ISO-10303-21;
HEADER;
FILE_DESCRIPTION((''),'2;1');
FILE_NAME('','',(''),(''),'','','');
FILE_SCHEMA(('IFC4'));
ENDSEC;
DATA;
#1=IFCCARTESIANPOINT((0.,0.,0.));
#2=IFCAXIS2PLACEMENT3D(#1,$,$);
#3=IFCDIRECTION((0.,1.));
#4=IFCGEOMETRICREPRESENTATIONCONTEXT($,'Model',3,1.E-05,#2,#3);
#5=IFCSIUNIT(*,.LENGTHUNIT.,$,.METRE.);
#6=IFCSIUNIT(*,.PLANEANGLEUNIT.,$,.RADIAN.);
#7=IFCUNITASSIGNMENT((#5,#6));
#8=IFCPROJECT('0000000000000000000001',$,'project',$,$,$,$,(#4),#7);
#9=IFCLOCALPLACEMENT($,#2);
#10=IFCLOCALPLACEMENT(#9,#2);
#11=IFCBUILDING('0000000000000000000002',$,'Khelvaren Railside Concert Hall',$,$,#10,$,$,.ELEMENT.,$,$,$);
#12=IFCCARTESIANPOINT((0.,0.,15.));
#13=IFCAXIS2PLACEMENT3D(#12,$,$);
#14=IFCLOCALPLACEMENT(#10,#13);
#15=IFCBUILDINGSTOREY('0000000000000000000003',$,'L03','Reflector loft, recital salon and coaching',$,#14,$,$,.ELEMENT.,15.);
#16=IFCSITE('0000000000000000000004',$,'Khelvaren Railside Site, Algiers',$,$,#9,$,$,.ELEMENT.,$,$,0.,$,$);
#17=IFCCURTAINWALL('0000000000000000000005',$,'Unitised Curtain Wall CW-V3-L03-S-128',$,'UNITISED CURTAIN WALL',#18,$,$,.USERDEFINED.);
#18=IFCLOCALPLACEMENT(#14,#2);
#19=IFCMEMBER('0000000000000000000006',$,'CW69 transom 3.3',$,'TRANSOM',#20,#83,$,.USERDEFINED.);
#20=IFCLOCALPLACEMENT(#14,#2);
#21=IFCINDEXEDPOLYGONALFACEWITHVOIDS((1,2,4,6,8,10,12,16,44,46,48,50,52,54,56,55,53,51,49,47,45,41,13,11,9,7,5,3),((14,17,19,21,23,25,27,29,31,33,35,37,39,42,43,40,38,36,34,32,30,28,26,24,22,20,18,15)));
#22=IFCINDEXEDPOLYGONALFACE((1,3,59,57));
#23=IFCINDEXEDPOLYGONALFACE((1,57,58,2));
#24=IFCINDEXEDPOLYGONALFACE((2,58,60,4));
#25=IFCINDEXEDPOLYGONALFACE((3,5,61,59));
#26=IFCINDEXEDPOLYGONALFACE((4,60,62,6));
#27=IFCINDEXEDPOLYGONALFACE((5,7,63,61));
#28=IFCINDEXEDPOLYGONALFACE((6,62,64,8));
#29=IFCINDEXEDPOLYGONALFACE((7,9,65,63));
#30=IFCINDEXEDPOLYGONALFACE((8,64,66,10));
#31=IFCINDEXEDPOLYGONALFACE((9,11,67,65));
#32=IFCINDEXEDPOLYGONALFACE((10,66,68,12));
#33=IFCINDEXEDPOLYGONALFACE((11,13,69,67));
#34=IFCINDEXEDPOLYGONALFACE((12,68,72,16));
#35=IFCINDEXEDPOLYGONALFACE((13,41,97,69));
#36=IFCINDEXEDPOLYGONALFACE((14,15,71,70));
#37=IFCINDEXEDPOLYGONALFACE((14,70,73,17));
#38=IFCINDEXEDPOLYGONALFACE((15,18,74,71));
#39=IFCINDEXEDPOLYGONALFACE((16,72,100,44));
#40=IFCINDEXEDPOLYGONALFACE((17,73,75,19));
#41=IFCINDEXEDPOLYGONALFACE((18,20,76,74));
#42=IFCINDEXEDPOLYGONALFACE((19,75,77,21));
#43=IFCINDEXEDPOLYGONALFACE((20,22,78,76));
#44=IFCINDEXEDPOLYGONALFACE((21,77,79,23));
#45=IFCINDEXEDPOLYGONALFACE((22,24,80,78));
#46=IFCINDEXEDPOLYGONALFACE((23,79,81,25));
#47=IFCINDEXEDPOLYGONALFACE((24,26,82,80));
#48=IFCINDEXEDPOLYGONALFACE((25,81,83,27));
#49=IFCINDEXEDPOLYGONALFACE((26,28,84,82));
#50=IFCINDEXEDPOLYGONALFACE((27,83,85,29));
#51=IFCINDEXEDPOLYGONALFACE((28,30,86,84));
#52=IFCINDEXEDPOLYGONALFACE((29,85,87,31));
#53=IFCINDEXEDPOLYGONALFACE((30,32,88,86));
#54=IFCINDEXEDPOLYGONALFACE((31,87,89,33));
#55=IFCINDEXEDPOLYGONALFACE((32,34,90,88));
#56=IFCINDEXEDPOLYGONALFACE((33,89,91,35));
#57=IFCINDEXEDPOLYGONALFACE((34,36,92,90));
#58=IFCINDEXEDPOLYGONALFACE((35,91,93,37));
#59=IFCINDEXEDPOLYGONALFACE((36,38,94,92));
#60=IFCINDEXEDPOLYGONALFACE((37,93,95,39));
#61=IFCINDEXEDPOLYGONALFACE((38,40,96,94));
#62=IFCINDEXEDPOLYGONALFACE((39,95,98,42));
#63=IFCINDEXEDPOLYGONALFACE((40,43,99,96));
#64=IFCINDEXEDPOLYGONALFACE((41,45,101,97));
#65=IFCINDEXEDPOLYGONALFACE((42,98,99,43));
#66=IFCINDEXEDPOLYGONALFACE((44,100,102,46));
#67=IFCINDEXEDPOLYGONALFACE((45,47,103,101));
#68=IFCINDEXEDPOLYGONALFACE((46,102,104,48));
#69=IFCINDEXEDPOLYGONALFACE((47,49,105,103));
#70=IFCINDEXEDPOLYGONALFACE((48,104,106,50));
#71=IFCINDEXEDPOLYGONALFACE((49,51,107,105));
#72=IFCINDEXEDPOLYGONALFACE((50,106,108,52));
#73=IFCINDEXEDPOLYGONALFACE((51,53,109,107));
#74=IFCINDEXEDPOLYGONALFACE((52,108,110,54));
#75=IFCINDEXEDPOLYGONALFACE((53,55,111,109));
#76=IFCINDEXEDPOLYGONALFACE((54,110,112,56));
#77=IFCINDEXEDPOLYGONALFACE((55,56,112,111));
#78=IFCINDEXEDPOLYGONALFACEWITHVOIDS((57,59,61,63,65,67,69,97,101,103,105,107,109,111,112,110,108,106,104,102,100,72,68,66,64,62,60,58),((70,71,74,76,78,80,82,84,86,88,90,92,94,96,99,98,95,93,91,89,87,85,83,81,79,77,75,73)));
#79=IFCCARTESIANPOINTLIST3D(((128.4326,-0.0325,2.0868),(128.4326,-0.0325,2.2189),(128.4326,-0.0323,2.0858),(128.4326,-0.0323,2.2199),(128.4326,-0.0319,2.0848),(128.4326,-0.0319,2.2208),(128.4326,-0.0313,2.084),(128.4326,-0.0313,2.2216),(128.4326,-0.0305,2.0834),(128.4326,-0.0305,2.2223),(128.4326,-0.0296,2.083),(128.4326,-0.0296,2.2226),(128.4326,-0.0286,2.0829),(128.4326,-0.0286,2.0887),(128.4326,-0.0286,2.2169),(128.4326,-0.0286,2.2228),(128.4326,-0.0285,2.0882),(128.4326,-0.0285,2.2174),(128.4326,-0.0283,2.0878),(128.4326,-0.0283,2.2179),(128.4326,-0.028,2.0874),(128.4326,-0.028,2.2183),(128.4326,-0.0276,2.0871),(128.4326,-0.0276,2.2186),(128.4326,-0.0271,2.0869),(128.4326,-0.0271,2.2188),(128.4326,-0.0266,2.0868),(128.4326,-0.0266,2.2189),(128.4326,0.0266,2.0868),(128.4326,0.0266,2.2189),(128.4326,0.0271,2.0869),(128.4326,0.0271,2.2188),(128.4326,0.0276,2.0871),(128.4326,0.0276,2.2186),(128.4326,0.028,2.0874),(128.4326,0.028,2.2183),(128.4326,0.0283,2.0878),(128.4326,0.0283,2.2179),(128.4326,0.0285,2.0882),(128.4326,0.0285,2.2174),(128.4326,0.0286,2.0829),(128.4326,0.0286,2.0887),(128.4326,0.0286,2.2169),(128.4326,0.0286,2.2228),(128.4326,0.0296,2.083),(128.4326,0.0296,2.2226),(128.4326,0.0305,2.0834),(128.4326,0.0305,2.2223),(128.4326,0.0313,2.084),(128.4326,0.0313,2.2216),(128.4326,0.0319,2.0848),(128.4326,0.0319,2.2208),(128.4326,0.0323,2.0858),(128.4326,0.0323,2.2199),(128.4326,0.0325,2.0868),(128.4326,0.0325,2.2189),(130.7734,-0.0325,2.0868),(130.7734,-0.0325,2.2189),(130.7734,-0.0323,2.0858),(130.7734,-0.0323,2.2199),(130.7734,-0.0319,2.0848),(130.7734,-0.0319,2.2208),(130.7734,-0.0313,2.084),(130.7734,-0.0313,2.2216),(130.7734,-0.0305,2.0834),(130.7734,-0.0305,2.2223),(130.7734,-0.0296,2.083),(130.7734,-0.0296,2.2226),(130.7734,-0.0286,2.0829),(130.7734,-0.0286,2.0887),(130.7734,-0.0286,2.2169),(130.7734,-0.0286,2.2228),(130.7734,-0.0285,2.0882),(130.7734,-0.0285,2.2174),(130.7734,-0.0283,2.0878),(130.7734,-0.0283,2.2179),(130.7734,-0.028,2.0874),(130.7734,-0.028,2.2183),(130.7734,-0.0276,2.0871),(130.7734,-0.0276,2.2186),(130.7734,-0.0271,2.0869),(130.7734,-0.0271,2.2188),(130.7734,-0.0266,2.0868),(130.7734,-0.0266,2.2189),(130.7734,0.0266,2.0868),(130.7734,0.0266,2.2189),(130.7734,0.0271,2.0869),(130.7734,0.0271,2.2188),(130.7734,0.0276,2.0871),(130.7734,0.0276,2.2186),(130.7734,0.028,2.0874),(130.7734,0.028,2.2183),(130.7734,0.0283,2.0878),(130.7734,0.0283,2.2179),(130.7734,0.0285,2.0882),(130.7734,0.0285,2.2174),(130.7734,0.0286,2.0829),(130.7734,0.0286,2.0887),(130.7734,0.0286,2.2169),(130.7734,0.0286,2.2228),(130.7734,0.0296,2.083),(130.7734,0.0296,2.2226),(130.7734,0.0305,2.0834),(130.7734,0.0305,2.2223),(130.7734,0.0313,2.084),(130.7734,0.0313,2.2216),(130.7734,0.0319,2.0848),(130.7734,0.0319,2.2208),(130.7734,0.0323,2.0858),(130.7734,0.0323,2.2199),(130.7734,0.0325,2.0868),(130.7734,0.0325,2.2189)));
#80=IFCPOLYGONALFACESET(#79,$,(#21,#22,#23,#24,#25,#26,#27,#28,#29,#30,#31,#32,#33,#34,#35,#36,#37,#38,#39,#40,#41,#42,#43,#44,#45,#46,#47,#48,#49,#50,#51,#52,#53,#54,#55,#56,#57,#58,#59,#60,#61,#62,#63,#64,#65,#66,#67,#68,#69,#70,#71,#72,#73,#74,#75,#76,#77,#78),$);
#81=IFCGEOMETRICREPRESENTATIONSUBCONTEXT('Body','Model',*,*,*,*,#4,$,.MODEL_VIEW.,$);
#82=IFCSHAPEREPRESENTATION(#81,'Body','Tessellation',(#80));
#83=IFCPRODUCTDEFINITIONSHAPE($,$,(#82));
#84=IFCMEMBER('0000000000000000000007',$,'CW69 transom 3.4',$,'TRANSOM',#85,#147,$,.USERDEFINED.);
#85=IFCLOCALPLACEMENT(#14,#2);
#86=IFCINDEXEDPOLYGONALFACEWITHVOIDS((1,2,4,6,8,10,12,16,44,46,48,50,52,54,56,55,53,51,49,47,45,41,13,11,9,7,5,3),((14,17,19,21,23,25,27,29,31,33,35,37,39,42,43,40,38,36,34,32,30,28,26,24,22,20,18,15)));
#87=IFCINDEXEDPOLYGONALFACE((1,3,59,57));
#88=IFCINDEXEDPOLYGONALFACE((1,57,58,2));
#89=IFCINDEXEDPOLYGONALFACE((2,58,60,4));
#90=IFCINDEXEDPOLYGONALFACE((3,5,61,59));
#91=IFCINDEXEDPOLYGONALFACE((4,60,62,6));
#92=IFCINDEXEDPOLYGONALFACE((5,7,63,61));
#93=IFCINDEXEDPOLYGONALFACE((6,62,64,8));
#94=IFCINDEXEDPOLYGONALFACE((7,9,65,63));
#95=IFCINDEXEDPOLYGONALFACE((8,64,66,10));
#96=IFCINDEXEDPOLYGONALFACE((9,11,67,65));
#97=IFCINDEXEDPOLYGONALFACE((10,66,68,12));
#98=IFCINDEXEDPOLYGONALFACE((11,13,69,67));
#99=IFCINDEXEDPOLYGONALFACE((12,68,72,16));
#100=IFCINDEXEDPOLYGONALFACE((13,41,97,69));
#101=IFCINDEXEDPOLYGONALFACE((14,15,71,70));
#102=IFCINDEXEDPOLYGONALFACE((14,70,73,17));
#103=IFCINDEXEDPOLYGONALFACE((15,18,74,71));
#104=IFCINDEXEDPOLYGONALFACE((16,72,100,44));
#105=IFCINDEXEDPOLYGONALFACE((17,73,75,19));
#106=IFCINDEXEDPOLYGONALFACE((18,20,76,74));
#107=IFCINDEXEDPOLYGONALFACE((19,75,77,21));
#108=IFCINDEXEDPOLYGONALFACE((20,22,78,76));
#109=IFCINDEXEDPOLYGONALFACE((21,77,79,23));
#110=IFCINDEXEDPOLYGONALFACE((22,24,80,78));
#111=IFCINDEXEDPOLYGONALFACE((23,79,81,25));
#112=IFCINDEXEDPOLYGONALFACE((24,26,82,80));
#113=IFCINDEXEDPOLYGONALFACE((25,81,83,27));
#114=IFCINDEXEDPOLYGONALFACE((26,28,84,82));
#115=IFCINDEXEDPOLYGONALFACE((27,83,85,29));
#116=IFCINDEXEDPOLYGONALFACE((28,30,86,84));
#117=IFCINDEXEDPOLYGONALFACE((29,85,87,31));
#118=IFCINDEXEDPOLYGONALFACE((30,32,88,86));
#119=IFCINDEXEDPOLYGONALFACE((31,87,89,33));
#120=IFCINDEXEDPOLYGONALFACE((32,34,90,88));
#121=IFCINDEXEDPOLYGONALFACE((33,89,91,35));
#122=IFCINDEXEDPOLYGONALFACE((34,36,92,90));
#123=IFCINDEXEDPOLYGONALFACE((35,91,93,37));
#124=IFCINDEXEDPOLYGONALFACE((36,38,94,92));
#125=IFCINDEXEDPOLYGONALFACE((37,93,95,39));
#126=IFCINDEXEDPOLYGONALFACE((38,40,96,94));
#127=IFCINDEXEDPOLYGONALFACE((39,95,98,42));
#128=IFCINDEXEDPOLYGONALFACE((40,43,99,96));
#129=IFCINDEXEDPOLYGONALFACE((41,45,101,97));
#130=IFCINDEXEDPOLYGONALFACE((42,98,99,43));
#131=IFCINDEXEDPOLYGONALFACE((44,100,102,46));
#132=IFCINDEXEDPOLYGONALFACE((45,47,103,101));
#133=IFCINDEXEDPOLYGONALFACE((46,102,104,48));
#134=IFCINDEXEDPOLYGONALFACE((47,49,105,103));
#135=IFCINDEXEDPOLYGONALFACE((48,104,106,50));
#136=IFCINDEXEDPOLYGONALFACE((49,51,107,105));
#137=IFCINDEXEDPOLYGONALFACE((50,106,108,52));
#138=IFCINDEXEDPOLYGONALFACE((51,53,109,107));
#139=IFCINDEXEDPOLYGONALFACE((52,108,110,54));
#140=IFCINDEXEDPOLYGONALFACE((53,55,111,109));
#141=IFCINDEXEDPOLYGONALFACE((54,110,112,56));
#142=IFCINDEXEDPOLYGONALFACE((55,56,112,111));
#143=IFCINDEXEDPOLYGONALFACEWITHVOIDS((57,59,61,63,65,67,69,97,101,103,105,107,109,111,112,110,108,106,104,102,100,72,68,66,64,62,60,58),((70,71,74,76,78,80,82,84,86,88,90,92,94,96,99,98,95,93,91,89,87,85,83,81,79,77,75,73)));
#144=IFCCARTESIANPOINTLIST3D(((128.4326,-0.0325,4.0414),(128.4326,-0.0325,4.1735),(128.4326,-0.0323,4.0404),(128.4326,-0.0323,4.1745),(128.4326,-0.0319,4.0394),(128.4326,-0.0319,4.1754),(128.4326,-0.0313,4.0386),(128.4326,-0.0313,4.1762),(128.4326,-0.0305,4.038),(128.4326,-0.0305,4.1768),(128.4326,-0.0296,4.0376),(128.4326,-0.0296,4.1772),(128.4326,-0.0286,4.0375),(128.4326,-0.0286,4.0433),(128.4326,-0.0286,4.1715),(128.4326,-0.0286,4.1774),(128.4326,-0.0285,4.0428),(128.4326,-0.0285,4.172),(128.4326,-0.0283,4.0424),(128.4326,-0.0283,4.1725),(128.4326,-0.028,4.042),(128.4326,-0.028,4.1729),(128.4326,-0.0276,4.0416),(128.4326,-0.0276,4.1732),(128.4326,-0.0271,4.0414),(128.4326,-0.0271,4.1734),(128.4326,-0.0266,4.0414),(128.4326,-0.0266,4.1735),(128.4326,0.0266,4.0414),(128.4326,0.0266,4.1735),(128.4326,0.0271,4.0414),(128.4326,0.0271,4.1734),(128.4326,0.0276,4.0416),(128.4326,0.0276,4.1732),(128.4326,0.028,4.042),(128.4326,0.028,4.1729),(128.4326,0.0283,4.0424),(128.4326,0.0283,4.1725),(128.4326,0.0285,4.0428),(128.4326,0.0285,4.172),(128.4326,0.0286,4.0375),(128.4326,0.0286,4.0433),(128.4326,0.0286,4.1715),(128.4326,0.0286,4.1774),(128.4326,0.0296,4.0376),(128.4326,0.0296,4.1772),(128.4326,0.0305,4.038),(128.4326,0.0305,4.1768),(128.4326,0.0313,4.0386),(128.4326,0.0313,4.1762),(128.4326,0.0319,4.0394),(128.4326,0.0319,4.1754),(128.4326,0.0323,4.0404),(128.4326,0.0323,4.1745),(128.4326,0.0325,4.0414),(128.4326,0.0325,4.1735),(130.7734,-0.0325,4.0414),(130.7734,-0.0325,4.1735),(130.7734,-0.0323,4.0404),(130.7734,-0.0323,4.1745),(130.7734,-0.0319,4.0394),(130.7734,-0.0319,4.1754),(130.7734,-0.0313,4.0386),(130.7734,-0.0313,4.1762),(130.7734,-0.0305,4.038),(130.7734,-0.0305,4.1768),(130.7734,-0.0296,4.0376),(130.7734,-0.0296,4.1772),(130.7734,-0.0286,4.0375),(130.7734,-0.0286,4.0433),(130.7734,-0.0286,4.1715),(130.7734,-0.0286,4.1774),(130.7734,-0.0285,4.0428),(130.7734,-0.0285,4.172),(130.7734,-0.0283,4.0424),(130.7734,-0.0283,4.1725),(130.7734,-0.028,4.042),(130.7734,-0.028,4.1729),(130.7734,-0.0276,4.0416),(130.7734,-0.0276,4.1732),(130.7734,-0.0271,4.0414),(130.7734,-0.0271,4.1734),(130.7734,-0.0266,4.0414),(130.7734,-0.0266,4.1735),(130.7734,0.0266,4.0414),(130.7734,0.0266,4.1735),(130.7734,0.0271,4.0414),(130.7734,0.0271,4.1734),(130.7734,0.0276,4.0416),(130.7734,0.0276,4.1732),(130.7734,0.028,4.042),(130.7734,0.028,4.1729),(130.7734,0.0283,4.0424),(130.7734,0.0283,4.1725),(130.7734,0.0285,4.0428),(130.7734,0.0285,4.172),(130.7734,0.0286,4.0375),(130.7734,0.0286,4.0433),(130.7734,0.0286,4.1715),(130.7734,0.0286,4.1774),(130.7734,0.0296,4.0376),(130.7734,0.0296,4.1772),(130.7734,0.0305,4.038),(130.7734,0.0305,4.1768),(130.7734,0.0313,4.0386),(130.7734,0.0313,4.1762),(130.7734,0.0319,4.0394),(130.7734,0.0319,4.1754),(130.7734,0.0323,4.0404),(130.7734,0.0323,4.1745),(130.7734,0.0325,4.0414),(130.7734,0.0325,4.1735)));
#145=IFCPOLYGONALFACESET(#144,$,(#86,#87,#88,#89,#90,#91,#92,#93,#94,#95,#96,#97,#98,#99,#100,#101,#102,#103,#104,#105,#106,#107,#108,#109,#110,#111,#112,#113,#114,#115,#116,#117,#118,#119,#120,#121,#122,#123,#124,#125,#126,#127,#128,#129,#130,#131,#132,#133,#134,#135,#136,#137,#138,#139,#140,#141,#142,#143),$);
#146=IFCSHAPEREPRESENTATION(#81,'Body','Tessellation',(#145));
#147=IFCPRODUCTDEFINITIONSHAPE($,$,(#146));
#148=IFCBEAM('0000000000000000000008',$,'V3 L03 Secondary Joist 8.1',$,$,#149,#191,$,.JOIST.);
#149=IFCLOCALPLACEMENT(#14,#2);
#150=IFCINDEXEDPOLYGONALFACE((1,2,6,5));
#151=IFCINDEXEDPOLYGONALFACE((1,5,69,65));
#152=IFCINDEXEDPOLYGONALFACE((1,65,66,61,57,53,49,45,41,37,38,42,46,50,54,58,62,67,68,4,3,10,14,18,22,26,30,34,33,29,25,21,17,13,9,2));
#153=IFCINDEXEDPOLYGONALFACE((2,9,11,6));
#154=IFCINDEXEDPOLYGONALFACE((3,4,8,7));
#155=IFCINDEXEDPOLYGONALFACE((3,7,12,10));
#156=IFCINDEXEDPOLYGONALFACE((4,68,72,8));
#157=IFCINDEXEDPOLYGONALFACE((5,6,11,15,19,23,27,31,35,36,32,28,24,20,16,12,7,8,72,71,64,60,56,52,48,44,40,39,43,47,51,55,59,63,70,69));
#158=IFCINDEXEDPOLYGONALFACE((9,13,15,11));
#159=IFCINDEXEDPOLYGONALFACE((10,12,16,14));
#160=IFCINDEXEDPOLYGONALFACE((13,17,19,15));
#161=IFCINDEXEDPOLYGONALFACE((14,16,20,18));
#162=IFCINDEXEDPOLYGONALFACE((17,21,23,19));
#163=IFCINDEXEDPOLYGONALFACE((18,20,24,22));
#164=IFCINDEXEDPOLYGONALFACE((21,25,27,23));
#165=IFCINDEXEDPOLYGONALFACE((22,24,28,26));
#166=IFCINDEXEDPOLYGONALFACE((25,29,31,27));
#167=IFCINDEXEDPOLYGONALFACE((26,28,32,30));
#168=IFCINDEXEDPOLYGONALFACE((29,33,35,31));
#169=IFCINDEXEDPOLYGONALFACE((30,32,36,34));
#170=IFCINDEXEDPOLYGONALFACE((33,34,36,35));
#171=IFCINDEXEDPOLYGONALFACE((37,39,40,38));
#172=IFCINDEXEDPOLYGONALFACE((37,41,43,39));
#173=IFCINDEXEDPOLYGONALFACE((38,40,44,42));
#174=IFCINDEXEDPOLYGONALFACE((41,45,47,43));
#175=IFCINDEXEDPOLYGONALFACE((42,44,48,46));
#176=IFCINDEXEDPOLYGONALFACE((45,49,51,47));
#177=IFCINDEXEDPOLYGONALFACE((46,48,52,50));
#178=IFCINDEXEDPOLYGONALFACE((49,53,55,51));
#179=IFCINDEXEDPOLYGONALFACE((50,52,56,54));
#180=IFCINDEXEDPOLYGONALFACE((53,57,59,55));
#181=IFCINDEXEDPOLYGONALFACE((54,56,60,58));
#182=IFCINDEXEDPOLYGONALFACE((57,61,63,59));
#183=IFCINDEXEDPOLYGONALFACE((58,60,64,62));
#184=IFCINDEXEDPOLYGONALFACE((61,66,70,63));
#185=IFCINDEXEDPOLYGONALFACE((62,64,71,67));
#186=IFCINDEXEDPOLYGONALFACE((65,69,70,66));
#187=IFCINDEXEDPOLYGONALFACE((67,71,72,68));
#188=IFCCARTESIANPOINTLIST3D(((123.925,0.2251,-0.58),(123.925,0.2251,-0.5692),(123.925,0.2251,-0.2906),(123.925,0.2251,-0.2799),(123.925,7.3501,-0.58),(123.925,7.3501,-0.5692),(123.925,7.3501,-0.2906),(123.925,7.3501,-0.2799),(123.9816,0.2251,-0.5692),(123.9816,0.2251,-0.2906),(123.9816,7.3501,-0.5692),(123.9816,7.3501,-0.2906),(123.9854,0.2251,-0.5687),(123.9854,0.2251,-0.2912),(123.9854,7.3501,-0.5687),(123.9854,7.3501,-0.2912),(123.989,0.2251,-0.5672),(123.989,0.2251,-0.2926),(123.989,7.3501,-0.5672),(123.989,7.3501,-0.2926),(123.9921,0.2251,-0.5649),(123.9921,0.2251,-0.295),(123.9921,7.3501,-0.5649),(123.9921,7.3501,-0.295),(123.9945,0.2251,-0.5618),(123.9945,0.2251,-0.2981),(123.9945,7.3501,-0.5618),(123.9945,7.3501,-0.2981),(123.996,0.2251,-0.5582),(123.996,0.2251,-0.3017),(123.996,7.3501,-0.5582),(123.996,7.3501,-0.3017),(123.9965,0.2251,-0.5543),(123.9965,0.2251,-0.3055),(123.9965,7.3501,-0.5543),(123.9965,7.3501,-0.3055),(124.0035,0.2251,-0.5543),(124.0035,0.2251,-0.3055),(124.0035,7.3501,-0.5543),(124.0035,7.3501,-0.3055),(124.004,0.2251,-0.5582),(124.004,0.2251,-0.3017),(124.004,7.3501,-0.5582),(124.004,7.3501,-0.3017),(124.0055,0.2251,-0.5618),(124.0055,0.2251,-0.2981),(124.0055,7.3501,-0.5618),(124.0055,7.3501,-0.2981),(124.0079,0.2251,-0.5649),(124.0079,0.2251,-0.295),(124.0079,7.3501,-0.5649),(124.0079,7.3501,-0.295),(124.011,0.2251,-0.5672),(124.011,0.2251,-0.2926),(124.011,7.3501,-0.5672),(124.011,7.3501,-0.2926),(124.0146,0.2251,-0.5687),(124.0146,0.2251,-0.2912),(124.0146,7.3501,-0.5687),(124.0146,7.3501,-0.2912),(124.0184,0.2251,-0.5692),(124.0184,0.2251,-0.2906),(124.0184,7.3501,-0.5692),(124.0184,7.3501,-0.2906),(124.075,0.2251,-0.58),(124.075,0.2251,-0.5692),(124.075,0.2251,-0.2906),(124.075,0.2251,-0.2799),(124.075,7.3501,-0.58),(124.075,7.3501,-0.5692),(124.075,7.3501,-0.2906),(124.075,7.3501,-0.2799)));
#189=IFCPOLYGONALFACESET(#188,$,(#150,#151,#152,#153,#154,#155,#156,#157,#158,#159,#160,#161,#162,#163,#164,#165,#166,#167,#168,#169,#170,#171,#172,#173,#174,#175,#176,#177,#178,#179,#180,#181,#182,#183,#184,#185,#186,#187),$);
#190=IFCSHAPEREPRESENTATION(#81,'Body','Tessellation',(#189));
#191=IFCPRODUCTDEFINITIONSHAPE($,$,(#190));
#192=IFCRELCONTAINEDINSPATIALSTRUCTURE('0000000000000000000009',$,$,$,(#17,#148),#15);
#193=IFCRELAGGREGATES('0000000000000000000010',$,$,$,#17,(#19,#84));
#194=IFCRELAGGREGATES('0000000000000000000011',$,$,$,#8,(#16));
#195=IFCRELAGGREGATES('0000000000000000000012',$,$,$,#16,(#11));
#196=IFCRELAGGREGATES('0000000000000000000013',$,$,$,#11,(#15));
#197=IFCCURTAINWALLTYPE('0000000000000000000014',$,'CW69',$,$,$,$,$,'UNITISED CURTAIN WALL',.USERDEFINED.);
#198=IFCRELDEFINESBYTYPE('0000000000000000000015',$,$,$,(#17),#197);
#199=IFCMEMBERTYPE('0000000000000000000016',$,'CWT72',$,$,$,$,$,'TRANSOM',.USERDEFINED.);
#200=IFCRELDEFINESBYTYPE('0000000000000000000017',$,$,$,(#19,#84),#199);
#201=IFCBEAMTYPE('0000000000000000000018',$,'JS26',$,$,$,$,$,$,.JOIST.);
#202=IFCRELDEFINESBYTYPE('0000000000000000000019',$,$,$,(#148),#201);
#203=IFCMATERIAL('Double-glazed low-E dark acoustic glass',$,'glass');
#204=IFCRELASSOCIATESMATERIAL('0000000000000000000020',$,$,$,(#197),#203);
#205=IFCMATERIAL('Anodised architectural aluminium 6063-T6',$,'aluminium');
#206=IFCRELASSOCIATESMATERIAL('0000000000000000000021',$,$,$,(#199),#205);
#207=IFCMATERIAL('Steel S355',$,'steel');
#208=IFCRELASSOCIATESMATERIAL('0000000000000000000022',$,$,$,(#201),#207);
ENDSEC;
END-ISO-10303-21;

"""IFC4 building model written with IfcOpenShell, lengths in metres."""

from ifc_helpers import new_model, si_unit, direction, frame, origin, origin_2d, place, context, subcontext, project, spatial, hollow_rectangle, i_section, extrude, material, material_profile, profile_set, type_object, element, aggregate, save


model = new_model("IFC4")

# Units and contexts
model_context = context("Model", 3, precision=1e-05, world=origin(), true_north=direction((0.0, 1.0)))
body_context = subcontext(model_context, "Body", "Model", "MODEL_VIEW")
ifc_project = project(units=[si_unit("LENGTHUNIT", "METRE"), si_unit("PLANEANGLEUNIT", "RADIAN")], contexts=[model_context])

# Site, building, storey
site_placement = place(None, origin())
site = spatial("IfcSite", under=ifc_project, at=site_placement, Name="Khelvaren Railside Site, Algiers", CompositionType="ELEMENT", RefElevation=0.0)
building_placement = place(site_placement, origin())
building = spatial("IfcBuilding", under=site, at=building_placement, Name="Khelvaren Railside Concert Hall", CompositionType="ELEMENT")
storey_placement = place(building_placement, frame((0.0, 0.0, 15.0)))
storey = spatial("IfcBuildingStorey", under=building, at=storey_placement, Name="L03", Description="Reflector loft, recital salon and coaching", CompositionType="ELEMENT", Elevation=15.0)

# Shared definitions
ifc_material_1 = material(Name="Steel S355", Category="steel")

# Curtain wall, members
ifc_material_2 = material(Name="Double-glazed low-E dark acoustic glass", Category="glass")
curtain_wall_type = type_object("IfcCurtainWallType", Name="CW69", ElementType="UNITISED CURTAIN WALL", PredefinedType="USERDEFINED", material=ifc_material_2)
curtain_wall_placement = place(storey_placement, origin())
curtain_wall = element("IfcCurtainWall", 1, at=curtain_wall_placement, inside=storey, type_object=curtain_wall_type, Name="Unitised Curtain Wall CW-V3-L03-S-128", ObjectType="UNITISED CURTAIN WALL", PredefinedType="USERDEFINED")
ifc_material_3 = material(Name="Anodised architectural aluminium 6063-T6", Category="aluminium")
ifc_material_profile_1 = material_profile(ifc_material_3, hollow_rectangle(XDim=0.0649, YDim=0.1399, WallThickness=0.0039, InnerFilletRadius=0.002, OuterFilletRadius=0.0039, at=origin_2d()), Name="CWT 65x140x4")
ifc_profile_set_1 = profile_set([ifc_material_profile_1], Name="Anodised architectural aluminium 6063-T6")
member_type_1 = type_object("IfcMemberType", Name="CWT72", ElementType="TRANSOM", PredefinedType="USERDEFINED", material=ifc_profile_set_1)
member_1_placement = place(storey_placement, frame((130.7734, 0.0, 2.1528), z_axis=(-1.0, 0.0, 0.0), x_axis=(0.0, -1.0, 0.0)))
member_1 = element("IfcMember", 2, at=member_1_placement, type_object=member_type_1, Name="CW69 transom 3.3", ObjectType="TRANSOM", PredefinedType="USERDEFINED", context=body_context, shape_type="SweptSolid", body=[
    extrude(hollow_rectangle(XDim=0.0649, YDim=0.1399, WallThickness=0.0039, InnerFilletRadius=0.002, OuterFilletRadius=0.0039, at=origin_2d()), origin(), (0.0, 0.0, 1.0), 2.3408),
])
member_2_placement = place(storey_placement, frame((130.7734, 0.0, 4.1074), z_axis=(-1.0, 0.0, 0.0), x_axis=(0.0, -1.0, 0.0)))
member_2 = element("IfcMember", 3, at=member_2_placement, type_object=member_type_1, Name="CW69 transom 3.4", ObjectType="TRANSOM", PredefinedType="USERDEFINED", context=body_context, shape_type="SweptSolid", body=[
    extrude(hollow_rectangle(XDim=0.0649, YDim=0.1399, WallThickness=0.0039, InnerFilletRadius=0.002, OuterFilletRadius=0.0039, at=origin_2d()), origin(), (0.0, 0.0, 1.0), 2.3408),
])

# Beam
ifc_material_profile_2 = material_profile(ifc_material_1, i_section(OverallWidth=0.1499, OverallDepth=0.3, WebThickness=0.0071, FlangeThickness=0.0107, FilletRadius=0.0149, at=origin_2d()), Name="IPE 300")
ifc_profile_set_2 = profile_set([ifc_material_profile_2], Name="Steel S355")
beam_type_1 = type_object("IfcBeamType", Name="JS26", PredefinedType="JOIST", material=ifc_profile_set_2)
beam_1_placement = place(storey_placement, frame((124.0, 0.2251, -0.4299), z_axis=(0.0, 1.0, 0.0), x_axis=(-1.0, 0.0, 0.0)))
element("IfcBeam", 4, at=beam_1_placement, inside=storey, type_object=beam_type_1, Name="V3 L03 Secondary Joist 8.1", PredefinedType="JOIST", context=body_context, shape_type="SweptSolid", body=[
    extrude(i_section(OverallWidth=0.1499, OverallDepth=0.3, WebThickness=0.0071, FlangeThickness=0.0107, FilletRadius=0.0149, at=origin_2d()), origin(), (0.0, 0.0, 1.0), 7.125),
])

aggregate(curtain_wall, [member_1, member_2])

save(model, "model.ifc")
